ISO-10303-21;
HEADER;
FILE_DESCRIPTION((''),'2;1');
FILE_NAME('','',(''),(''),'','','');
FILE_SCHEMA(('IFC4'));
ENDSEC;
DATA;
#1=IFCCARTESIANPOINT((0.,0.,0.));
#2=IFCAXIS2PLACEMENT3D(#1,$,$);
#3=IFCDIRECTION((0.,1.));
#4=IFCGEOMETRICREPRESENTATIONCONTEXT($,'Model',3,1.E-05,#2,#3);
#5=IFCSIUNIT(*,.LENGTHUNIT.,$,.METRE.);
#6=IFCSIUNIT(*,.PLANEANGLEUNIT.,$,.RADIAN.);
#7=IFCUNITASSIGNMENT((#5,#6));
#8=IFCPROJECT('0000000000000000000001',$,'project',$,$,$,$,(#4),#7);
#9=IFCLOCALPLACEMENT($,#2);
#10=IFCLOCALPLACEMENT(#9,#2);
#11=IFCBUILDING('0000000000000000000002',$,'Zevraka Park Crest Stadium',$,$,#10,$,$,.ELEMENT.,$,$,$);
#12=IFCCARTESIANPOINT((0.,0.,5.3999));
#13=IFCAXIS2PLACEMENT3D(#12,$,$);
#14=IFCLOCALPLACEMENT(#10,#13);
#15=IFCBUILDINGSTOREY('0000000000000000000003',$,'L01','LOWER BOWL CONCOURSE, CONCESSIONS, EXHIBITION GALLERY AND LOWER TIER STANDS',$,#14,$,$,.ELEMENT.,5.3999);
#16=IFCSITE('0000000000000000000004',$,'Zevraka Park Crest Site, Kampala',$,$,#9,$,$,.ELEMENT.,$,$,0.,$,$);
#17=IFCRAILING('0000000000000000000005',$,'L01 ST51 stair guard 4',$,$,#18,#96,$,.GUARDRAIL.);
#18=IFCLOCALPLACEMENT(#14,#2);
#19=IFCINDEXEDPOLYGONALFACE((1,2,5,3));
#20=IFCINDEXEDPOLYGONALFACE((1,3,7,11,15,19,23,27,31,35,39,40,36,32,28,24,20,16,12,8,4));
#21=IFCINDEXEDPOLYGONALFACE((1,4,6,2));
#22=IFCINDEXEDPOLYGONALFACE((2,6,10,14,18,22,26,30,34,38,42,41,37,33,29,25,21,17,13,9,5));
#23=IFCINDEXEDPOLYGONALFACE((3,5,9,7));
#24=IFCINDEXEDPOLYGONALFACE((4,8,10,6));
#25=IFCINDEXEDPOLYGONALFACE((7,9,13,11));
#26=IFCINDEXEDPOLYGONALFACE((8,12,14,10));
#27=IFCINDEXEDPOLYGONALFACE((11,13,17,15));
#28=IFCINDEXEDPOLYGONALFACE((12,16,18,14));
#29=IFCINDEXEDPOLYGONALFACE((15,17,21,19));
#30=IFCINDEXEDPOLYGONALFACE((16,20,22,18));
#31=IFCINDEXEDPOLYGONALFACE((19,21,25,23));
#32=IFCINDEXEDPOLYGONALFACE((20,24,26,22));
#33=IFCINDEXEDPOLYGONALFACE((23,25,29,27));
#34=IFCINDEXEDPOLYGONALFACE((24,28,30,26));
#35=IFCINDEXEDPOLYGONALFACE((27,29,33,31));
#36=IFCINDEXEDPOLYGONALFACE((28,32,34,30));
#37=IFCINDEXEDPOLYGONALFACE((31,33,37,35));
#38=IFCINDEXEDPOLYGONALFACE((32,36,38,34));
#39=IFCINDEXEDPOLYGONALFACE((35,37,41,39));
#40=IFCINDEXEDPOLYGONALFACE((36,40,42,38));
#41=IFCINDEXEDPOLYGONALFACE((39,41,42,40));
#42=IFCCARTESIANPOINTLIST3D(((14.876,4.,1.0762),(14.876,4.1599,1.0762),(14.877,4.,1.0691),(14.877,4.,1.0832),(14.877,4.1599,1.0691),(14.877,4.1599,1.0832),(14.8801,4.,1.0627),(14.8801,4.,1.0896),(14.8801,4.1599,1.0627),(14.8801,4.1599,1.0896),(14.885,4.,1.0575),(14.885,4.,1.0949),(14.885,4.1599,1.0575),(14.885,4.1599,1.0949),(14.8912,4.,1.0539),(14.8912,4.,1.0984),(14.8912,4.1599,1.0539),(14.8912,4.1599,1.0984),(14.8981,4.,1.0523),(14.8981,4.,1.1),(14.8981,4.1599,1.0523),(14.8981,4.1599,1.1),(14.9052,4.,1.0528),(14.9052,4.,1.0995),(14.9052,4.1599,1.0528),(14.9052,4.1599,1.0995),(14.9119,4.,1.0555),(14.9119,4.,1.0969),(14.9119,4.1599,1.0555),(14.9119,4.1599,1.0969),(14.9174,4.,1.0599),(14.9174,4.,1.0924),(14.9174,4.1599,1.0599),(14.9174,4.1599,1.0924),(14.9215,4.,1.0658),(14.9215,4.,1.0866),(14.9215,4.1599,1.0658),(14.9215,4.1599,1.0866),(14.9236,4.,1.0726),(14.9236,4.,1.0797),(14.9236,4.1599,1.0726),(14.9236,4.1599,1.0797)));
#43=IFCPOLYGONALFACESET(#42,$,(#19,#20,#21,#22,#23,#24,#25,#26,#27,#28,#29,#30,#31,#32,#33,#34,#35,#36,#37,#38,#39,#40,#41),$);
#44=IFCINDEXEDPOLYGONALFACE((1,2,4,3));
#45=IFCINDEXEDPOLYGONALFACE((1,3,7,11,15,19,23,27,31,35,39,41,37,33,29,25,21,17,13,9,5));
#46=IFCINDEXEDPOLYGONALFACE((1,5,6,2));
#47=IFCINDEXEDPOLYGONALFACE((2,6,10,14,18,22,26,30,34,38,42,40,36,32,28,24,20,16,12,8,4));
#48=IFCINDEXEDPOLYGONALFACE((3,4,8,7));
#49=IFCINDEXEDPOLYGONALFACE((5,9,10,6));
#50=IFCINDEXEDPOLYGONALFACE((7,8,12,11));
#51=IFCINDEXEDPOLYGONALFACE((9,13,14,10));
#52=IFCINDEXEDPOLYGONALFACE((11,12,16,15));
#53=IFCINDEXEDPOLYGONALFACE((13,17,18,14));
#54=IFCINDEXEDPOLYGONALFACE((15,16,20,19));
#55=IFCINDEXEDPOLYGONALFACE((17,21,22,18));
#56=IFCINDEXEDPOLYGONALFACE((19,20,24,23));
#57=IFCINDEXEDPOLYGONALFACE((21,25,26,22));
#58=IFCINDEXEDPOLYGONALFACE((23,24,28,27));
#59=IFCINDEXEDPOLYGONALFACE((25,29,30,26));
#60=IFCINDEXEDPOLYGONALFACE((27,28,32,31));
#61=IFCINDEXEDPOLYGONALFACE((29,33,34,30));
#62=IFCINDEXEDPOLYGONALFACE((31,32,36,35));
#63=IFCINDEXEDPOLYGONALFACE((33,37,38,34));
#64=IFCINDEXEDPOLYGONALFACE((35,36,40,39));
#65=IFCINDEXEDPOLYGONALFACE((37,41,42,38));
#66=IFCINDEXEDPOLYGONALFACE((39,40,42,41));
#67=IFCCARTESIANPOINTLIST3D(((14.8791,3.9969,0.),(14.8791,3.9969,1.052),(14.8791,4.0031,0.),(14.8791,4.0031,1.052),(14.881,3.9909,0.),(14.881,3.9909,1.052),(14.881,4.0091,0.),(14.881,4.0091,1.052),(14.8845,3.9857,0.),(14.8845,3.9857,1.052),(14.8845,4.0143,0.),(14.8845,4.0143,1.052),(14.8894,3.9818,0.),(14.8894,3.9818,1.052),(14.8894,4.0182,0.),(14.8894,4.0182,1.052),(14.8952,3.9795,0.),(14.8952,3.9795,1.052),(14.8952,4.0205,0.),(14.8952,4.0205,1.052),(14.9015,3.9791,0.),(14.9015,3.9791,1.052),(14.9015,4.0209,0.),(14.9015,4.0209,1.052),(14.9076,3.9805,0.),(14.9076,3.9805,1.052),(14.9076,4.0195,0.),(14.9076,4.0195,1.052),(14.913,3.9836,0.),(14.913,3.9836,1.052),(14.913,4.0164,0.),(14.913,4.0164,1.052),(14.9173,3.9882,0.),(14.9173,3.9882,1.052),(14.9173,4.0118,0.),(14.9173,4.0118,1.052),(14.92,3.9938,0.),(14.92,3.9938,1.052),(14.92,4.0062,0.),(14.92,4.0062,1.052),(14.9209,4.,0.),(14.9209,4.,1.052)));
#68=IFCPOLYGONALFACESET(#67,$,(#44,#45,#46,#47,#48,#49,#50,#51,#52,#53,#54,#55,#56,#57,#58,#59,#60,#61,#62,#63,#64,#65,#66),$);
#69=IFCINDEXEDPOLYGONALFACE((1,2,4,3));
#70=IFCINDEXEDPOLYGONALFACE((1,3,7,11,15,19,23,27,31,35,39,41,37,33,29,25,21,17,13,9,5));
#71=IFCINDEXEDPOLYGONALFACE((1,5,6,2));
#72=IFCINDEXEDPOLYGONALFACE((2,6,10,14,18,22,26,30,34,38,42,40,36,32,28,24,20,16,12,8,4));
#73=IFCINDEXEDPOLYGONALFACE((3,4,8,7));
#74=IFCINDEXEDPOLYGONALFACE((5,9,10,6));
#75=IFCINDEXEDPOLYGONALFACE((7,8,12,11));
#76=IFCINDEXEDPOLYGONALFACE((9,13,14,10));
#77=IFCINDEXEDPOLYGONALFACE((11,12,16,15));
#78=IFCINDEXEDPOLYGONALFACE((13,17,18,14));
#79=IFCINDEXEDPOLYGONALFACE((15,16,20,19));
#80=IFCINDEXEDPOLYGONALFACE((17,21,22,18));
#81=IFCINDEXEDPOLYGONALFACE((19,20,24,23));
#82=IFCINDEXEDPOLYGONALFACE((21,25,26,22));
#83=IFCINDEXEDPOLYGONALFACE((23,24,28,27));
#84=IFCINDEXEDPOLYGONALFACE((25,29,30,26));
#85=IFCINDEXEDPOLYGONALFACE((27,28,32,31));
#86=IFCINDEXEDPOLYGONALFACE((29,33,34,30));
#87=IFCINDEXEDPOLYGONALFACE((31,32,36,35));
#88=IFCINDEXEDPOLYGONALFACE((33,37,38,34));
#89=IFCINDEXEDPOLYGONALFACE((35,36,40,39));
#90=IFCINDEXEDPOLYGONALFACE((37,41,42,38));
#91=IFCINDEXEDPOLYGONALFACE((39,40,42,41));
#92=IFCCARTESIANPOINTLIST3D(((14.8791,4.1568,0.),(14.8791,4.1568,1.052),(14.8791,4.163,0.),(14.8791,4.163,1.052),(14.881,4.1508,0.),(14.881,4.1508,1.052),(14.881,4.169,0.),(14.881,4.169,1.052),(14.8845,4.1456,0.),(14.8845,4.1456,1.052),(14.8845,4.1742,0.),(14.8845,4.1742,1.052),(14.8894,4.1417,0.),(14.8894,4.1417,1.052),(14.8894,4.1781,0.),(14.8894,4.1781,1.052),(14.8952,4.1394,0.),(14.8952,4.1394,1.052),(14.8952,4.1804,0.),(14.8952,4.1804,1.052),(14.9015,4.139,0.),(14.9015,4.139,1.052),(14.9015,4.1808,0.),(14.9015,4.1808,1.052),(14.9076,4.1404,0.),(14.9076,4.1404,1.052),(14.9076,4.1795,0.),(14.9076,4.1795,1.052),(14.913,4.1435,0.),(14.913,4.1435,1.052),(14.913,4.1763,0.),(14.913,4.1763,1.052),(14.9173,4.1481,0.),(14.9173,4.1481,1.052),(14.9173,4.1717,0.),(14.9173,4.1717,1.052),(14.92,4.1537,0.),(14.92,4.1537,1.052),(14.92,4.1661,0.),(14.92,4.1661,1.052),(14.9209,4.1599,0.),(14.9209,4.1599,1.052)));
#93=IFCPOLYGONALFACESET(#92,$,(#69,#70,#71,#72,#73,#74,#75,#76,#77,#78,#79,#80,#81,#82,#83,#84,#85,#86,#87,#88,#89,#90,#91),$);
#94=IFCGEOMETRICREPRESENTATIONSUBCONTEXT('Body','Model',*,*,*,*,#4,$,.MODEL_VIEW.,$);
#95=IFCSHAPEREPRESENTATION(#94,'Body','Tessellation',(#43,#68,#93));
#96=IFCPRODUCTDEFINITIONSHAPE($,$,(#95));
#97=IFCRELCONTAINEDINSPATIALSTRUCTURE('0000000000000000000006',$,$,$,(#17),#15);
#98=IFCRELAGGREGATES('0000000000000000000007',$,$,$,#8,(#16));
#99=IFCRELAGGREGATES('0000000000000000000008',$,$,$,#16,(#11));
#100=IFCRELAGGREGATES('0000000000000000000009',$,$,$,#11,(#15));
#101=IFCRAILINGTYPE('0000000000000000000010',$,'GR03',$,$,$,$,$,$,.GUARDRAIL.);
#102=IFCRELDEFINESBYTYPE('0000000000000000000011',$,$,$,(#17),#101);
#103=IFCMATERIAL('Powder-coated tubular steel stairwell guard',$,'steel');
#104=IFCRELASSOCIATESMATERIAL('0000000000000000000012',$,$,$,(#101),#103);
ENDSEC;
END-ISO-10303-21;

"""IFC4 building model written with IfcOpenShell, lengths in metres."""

from ifc_helpers import new_model, si_unit, direction, frame, origin, origin_2d, place, context, subcontext, project, spatial, circle, extrude, material, type_object, element, save


model = new_model("IFC4")

# Units and contexts
model_context = context("Model", 3, precision=1e-05, world=origin(), true_north=direction((0.0, 1.0)))
body_context = subcontext(model_context, "Body", "Model", "MODEL_VIEW")
ifc_project = project(units=[si_unit("LENGTHUNIT", "METRE"), si_unit("PLANEANGLEUNIT", "RADIAN")], contexts=[model_context])

# Site, building, storey
site_placement = place(None, origin())
site = spatial("IfcSite", under=ifc_project, at=site_placement, Name="Zevraka Park Crest Site, Kampala", CompositionType="ELEMENT", RefElevation=0.0)
building_placement = place(site_placement, origin())
building = spatial("IfcBuilding", under=site, at=building_placement, Name="Zevraka Park Crest Stadium", CompositionType="ELEMENT")
storey_placement = place(building_placement, frame((0.0, 0.0, 5.3999)))
storey = spatial("IfcBuildingStorey", under=building, at=storey_placement, Name="L01", Description="LOWER BOWL CONCOURSE, CONCESSIONS, EXHIBITION GALLERY AND LOWER TIER STANDS", CompositionType="ELEMENT", Elevation=5.3999)

# Railing
ifc_material_1 = material(Name="Powder-coated tubular steel stairwell guard", Category="steel")
railing_type_1 = type_object("IfcRailingType", Name="GR03", PredefinedType="GUARDRAIL", material=ifc_material_1)
railing_1_placement = place(storey_placement, frame((14.8999, 4.0, 0.0)))
element("IfcRailing", 1, at=railing_1_placement, inside=storey, type_object=railing_type_1, Name="L01 ST51 stair guard 4", PredefinedType="GUARDRAIL", context=body_context, shape_type="SweptSolid", body=[
    extrude(circle(Radius=0.0239, at=origin_2d()), frame((0.0, 0.0, 1.0762), z_axis=(0.0, 1.0, 0.0), x_axis=(-1.0, 0.0, 0.0)), (0.0, 0.0, 1.0), 0.1599),
    extrude(circle(Radius=0.021, at=origin_2d()), origin(), (0.0, 0.0, 1.0), 1.052),
    extrude(circle(Radius=0.021, at=origin_2d()), frame((0.0, 0.1599, 0.0)), (0.0, 0.0, 1.0), 1.052),
])

save(model, "model.ifc")
